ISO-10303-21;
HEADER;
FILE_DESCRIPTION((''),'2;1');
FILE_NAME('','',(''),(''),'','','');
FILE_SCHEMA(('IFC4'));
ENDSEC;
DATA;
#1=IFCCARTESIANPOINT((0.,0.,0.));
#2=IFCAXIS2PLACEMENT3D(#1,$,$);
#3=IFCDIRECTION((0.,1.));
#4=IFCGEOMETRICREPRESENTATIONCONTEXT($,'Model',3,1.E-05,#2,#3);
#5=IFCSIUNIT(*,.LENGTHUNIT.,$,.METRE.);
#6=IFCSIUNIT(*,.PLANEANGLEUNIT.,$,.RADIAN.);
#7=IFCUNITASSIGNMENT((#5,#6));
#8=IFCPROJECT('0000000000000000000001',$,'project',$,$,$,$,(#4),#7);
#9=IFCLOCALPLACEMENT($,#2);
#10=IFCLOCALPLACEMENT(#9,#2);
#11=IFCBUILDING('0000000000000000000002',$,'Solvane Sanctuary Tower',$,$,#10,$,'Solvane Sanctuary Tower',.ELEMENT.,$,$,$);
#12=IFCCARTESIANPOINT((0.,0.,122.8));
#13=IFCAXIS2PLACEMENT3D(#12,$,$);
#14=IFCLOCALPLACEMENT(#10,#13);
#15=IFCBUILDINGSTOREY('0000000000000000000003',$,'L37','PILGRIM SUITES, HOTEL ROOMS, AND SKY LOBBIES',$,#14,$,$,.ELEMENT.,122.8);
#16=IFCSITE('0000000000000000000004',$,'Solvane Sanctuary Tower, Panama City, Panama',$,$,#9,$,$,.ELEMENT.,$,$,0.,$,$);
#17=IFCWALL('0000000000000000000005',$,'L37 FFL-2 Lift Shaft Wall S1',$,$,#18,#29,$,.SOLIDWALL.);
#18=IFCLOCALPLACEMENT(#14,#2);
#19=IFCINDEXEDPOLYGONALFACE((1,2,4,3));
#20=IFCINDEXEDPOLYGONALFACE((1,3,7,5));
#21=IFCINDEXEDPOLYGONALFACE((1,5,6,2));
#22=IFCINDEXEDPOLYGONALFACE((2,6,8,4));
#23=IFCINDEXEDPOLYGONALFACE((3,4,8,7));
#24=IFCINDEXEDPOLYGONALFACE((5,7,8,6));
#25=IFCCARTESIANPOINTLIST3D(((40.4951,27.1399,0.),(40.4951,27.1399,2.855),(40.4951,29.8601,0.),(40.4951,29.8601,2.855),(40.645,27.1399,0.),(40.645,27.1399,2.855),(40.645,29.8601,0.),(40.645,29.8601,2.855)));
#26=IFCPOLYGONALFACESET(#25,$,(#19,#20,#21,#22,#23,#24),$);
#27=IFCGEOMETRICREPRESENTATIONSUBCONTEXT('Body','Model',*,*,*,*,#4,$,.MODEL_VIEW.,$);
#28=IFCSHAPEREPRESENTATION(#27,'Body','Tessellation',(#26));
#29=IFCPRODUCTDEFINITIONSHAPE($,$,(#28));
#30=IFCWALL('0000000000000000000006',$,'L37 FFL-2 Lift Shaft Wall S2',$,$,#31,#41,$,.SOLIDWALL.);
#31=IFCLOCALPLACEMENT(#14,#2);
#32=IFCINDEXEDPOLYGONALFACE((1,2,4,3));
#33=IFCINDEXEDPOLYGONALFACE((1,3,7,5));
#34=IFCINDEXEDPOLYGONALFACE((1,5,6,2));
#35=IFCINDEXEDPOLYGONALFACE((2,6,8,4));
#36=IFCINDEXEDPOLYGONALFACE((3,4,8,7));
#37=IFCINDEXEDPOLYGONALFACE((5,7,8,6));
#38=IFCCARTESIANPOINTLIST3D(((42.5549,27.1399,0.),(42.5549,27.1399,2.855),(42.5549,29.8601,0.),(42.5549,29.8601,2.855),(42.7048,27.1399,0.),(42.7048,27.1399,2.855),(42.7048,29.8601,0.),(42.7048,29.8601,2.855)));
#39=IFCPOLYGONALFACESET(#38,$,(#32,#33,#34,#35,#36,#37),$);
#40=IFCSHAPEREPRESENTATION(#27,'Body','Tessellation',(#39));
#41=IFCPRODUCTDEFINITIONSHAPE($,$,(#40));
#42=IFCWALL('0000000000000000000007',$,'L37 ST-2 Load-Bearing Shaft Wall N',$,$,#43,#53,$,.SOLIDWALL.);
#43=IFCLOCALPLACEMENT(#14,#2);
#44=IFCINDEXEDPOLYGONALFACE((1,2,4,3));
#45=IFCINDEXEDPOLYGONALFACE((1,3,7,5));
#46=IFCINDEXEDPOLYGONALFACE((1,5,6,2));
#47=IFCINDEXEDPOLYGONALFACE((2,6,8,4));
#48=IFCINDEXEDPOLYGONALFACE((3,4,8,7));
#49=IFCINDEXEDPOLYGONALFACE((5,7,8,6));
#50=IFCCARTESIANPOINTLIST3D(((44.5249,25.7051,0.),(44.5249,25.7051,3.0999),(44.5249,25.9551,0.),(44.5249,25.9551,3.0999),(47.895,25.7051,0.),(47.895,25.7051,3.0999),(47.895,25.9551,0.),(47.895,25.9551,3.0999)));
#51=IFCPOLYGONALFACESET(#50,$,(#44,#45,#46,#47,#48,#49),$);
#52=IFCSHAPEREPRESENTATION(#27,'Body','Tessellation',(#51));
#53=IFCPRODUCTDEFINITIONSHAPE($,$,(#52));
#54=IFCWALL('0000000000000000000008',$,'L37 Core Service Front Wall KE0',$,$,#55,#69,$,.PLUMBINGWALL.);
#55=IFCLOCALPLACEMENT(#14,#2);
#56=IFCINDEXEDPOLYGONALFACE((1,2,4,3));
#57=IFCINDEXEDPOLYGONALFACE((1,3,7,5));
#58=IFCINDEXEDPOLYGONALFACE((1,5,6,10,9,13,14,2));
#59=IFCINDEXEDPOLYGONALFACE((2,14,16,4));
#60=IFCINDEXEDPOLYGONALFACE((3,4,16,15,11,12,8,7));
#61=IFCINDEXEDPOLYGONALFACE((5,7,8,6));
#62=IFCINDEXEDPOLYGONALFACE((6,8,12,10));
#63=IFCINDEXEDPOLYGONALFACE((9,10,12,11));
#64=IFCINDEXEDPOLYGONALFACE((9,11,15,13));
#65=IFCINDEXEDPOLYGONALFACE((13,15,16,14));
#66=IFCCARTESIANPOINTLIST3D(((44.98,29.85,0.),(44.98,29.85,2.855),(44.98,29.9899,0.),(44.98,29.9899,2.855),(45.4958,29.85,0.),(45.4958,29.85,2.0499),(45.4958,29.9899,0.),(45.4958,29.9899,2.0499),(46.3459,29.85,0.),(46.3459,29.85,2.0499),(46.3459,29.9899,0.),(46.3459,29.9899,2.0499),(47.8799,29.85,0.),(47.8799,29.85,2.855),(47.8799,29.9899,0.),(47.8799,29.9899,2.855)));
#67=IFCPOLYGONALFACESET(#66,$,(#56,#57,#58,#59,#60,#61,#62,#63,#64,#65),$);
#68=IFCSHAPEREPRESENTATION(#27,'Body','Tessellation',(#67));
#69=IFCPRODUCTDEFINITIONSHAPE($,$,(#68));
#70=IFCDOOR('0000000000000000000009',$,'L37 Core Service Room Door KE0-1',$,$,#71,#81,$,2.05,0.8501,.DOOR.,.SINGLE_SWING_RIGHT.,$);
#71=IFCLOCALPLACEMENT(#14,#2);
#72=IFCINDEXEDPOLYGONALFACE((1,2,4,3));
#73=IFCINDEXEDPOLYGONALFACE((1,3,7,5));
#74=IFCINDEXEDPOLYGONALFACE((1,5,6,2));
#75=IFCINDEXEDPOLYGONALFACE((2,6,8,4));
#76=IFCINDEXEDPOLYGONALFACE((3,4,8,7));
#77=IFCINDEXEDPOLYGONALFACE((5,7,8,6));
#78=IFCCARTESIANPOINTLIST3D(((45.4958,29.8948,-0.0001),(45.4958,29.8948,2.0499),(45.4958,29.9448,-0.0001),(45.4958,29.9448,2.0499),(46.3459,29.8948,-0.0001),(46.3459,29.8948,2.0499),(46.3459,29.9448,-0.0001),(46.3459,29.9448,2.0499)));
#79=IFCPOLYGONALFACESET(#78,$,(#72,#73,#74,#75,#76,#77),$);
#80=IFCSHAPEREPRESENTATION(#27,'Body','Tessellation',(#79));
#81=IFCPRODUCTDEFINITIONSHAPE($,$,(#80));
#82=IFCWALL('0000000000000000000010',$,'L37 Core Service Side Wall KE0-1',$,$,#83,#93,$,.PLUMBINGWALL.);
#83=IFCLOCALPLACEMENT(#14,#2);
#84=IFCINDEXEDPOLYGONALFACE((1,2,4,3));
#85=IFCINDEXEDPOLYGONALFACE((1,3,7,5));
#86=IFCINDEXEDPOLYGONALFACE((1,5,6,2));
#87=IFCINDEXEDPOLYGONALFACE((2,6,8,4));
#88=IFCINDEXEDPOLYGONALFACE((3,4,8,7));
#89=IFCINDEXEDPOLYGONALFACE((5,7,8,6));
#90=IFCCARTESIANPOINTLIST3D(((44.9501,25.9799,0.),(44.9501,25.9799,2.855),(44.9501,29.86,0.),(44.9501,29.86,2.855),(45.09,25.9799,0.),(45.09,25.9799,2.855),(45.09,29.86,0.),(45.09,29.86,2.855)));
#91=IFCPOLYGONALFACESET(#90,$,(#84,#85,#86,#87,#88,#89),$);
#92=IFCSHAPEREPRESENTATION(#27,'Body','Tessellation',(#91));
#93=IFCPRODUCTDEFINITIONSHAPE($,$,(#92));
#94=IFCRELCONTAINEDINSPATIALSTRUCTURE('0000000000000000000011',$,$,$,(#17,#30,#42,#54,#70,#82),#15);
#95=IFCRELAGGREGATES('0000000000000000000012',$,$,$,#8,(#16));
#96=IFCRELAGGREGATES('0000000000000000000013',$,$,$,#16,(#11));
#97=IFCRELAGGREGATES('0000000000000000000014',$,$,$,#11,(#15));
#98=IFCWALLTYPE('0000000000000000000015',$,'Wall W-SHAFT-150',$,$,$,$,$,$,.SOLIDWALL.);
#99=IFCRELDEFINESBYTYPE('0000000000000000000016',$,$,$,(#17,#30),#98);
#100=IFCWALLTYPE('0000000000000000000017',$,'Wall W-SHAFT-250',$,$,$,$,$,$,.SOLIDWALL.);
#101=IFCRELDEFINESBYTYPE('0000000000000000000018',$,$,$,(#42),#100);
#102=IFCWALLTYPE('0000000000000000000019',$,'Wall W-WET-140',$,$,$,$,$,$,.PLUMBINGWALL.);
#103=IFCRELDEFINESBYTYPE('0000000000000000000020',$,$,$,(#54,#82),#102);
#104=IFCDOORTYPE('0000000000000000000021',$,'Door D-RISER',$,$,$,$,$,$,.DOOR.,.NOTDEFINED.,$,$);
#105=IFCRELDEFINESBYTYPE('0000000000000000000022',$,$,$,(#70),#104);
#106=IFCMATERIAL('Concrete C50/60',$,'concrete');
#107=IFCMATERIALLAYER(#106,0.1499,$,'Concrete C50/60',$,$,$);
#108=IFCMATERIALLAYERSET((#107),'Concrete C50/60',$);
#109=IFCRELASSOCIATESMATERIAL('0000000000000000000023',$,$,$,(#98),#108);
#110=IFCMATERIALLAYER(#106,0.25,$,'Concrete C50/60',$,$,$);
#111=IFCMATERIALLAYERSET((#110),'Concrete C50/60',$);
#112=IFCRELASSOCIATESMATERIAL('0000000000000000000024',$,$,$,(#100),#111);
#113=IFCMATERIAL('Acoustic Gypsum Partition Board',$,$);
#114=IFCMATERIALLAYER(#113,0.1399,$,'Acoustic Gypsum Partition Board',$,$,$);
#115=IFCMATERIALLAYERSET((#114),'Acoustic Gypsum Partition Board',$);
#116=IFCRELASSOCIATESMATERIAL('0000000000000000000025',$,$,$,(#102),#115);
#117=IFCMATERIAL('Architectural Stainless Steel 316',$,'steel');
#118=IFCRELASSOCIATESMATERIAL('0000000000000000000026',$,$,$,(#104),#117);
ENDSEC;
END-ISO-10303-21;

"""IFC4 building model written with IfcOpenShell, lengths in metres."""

from ifc_helpers import new_model, si_unit, direction, frame, frame_2d, origin, place, context, subcontext, project, spatial, rectangle, extrude, material, layer, layer_set, type_object, element, fill, save


model = new_model("IFC4")

# Units and contexts
model_context = context("Model", 3, precision=1e-05, world=origin(), true_north=direction((0.0, 1.0)))
body_context = subcontext(model_context, "Body", "Model", "MODEL_VIEW")
ifc_project = project(units=[si_unit("LENGTHUNIT", "METRE"), si_unit("PLANEANGLEUNIT", "RADIAN")], contexts=[model_context])

# Site, building, storey
site_placement = place(None, origin())
site = spatial("IfcSite", under=ifc_project, at=site_placement, Name="Solvane Sanctuary Tower, Panama City, Panama", CompositionType="ELEMENT", RefElevation=0.0)
building_placement = place(site_placement, origin())
building = spatial("IfcBuilding", under=site, at=building_placement, Name="Solvane Sanctuary Tower", LongName="Solvane Sanctuary Tower", CompositionType="ELEMENT")
storey_placement = place(building_placement, frame((0.0, 0.0, 122.8)))
storey = spatial("IfcBuildingStorey", under=building, at=storey_placement, Name="L37", Description="PILGRIM SUITES, HOTEL ROOMS, AND SKY LOBBIES", CompositionType="ELEMENT", Elevation=122.8)

# Shared definitions
ifc_material_1 = material(Name="Acoustic Gypsum Partition Board")

# Shared definitions
ifc_material_2 = material(Name="Concrete C50/60", Category="concrete")
ifc_layer_1 = layer(ifc_material_2, 0.1499, Name="Concrete C50/60")
ifc_layer_set_1 = layer_set([ifc_layer_1], Name="Concrete C50/60")
wall_type_1 = type_object("IfcWallType", Name="Wall W-SHAFT-150", PredefinedType="SOLIDWALL", material=ifc_layer_set_1)

# Shared definitions
ifc_material_3 = material(Name="Architectural Stainless Steel 316", Category="steel")

# Walls
for number, where, z_axis, x_axis, name in (
    (1, (40.5701, 27.1399, 0.0), (0.0, 0.0, 1.0), (0.0, 1.0, 0.0), "L37 FFL-2 Lift Shaft Wall S1"),
    (2, (42.6299, 27.1399, 0.0), (0.0, 0.0, 1.0), (0.0, 1.0, 0.0), "L37 FFL-2 Lift Shaft Wall S2"),
):
    element("IfcWall", number, at=place(storey_placement, frame(where, z_axis=z_axis, x_axis=x_axis)), inside=storey, type_object=wall_type_1, Name=name, PredefinedType="SOLIDWALL", context=body_context, shape_type="SweptSolid", body=[
        extrude(rectangle(XDim=2.7202, YDim=0.1499, at=frame_2d((1.3601, 0.0))), origin(), (0.0, 0.0, 1.0), 2.855),
    ])
ifc_layer_2 = layer(ifc_material_2, 0.25, Name="Concrete C50/60")
ifc_layer_set_2 = layer_set([ifc_layer_2], Name="Concrete C50/60")
wall_type_2 = type_object("IfcWallType", Name="Wall W-SHAFT-250", PredefinedType="SOLIDWALL", material=ifc_layer_set_2)
wall_1_placement = place(storey_placement, frame((44.5249, 25.8301, 0.0), z_axis=(0.0, 0.0, 1.0), x_axis=(1.0, 0.0, 0.0)))
element("IfcWall", 3, at=wall_1_placement, inside=storey, type_object=wall_type_2, Name="L37 ST-2 Load-Bearing Shaft Wall N", PredefinedType="SOLIDWALL", context=body_context, shape_type="SweptSolid", body=[
    extrude(rectangle(XDim=3.3701, YDim=0.25, at=frame_2d((1.6851, 0.0))), origin(), (0.0, 0.0, 1.0), 3.0999),
])

# Wall, opening, door
ifc_layer_3 = layer(ifc_material_1, 0.1399, Name="Acoustic Gypsum Partition Board")
ifc_layer_set_3 = layer_set([ifc_layer_3], Name="Acoustic Gypsum Partition Board")
wall_type_3 = type_object("IfcWallType", Name="Wall W-WET-140", PredefinedType="PLUMBINGWALL", material=ifc_layer_set_3)
wall_2_placement = place(storey_placement, frame((44.98, 29.9199, 0.0), z_axis=(0.0, 0.0, 1.0), x_axis=(1.0, 0.0, 0.0)))
wall_2 = element("IfcWall", 4, at=wall_2_placement, inside=storey, type_object=wall_type_3, Name="L37 Core Service Front Wall KE0", PredefinedType="PLUMBINGWALL", context=body_context, shape_type="SweptSolid", body=[
    extrude(rectangle(XDim=2.8999, YDim=0.1399, at=frame_2d((1.45, 0.0))), origin(), (0.0, 0.0, 1.0), 2.855),
])
opening_1_placement = place(wall_2_placement, frame((0.5159, 0.0, 0.0)))
opening_1 = element("IfcOpeningElement", 5, at=opening_1_placement, cuts=wall_2, PredefinedType="OPENING", context=body_context, shape_type="SweptSolid", body=[
    extrude(rectangle(XDim=0.8501, YDim=2.05, at=frame_2d((0.425, 1.0249))), frame((0.0, 0.0798, 0.0), z_axis=(0.0, -1.0, 0.0), x_axis=(1.0, 0.0, 0.0)), (0.0, 0.0, 1.0), 0.1599),
])
door_type_1 = type_object("IfcDoorType", Name="Door D-RISER", OperationType="NOTDEFINED", PredefinedType="DOOR", material=ifc_material_3)
door_1_placement = place(opening_1_placement, origin())
door_1 = element("IfcDoor", 6, at=door_1_placement, inside=storey, type_object=door_type_1, Name="L37 Core Service Room Door KE0-1", OperationType="SINGLE_SWING_RIGHT", OverallHeight=2.05, OverallWidth=0.8501, PredefinedType="DOOR", context=body_context, shape_type="SweptSolid", body=[
    extrude(rectangle(XDim=0.8501, YDim=2.05, at=frame_2d((0.425, 1.0249))), frame((0.0, 0.0249, 0.0), z_axis=(0.0, -1.0, 0.0), x_axis=(1.0, 0.0, 0.0)), (0.0, 0.0, 1.0), 0.05),
])
fill(opening_1, door_1)

# Wall
wall_3_placement = place(storey_placement, frame((45.02, 25.98, 0.0), z_axis=(0.0, 0.0, 1.0), x_axis=(0.0, 1.0, 0.0)))
element("IfcWall", 7, at=wall_3_placement, inside=storey, type_object=wall_type_3, Name="L37 Core Service Side Wall KE0-1", PredefinedType="PLUMBINGWALL", context=body_context, shape_type="SweptSolid", body=[
    extrude(rectangle(XDim=3.8801, YDim=0.1399, at=frame_2d((1.9399, 0.0))), origin(), (0.0, 0.0, 1.0), 2.855),
])

save(model, "model.ifc")
